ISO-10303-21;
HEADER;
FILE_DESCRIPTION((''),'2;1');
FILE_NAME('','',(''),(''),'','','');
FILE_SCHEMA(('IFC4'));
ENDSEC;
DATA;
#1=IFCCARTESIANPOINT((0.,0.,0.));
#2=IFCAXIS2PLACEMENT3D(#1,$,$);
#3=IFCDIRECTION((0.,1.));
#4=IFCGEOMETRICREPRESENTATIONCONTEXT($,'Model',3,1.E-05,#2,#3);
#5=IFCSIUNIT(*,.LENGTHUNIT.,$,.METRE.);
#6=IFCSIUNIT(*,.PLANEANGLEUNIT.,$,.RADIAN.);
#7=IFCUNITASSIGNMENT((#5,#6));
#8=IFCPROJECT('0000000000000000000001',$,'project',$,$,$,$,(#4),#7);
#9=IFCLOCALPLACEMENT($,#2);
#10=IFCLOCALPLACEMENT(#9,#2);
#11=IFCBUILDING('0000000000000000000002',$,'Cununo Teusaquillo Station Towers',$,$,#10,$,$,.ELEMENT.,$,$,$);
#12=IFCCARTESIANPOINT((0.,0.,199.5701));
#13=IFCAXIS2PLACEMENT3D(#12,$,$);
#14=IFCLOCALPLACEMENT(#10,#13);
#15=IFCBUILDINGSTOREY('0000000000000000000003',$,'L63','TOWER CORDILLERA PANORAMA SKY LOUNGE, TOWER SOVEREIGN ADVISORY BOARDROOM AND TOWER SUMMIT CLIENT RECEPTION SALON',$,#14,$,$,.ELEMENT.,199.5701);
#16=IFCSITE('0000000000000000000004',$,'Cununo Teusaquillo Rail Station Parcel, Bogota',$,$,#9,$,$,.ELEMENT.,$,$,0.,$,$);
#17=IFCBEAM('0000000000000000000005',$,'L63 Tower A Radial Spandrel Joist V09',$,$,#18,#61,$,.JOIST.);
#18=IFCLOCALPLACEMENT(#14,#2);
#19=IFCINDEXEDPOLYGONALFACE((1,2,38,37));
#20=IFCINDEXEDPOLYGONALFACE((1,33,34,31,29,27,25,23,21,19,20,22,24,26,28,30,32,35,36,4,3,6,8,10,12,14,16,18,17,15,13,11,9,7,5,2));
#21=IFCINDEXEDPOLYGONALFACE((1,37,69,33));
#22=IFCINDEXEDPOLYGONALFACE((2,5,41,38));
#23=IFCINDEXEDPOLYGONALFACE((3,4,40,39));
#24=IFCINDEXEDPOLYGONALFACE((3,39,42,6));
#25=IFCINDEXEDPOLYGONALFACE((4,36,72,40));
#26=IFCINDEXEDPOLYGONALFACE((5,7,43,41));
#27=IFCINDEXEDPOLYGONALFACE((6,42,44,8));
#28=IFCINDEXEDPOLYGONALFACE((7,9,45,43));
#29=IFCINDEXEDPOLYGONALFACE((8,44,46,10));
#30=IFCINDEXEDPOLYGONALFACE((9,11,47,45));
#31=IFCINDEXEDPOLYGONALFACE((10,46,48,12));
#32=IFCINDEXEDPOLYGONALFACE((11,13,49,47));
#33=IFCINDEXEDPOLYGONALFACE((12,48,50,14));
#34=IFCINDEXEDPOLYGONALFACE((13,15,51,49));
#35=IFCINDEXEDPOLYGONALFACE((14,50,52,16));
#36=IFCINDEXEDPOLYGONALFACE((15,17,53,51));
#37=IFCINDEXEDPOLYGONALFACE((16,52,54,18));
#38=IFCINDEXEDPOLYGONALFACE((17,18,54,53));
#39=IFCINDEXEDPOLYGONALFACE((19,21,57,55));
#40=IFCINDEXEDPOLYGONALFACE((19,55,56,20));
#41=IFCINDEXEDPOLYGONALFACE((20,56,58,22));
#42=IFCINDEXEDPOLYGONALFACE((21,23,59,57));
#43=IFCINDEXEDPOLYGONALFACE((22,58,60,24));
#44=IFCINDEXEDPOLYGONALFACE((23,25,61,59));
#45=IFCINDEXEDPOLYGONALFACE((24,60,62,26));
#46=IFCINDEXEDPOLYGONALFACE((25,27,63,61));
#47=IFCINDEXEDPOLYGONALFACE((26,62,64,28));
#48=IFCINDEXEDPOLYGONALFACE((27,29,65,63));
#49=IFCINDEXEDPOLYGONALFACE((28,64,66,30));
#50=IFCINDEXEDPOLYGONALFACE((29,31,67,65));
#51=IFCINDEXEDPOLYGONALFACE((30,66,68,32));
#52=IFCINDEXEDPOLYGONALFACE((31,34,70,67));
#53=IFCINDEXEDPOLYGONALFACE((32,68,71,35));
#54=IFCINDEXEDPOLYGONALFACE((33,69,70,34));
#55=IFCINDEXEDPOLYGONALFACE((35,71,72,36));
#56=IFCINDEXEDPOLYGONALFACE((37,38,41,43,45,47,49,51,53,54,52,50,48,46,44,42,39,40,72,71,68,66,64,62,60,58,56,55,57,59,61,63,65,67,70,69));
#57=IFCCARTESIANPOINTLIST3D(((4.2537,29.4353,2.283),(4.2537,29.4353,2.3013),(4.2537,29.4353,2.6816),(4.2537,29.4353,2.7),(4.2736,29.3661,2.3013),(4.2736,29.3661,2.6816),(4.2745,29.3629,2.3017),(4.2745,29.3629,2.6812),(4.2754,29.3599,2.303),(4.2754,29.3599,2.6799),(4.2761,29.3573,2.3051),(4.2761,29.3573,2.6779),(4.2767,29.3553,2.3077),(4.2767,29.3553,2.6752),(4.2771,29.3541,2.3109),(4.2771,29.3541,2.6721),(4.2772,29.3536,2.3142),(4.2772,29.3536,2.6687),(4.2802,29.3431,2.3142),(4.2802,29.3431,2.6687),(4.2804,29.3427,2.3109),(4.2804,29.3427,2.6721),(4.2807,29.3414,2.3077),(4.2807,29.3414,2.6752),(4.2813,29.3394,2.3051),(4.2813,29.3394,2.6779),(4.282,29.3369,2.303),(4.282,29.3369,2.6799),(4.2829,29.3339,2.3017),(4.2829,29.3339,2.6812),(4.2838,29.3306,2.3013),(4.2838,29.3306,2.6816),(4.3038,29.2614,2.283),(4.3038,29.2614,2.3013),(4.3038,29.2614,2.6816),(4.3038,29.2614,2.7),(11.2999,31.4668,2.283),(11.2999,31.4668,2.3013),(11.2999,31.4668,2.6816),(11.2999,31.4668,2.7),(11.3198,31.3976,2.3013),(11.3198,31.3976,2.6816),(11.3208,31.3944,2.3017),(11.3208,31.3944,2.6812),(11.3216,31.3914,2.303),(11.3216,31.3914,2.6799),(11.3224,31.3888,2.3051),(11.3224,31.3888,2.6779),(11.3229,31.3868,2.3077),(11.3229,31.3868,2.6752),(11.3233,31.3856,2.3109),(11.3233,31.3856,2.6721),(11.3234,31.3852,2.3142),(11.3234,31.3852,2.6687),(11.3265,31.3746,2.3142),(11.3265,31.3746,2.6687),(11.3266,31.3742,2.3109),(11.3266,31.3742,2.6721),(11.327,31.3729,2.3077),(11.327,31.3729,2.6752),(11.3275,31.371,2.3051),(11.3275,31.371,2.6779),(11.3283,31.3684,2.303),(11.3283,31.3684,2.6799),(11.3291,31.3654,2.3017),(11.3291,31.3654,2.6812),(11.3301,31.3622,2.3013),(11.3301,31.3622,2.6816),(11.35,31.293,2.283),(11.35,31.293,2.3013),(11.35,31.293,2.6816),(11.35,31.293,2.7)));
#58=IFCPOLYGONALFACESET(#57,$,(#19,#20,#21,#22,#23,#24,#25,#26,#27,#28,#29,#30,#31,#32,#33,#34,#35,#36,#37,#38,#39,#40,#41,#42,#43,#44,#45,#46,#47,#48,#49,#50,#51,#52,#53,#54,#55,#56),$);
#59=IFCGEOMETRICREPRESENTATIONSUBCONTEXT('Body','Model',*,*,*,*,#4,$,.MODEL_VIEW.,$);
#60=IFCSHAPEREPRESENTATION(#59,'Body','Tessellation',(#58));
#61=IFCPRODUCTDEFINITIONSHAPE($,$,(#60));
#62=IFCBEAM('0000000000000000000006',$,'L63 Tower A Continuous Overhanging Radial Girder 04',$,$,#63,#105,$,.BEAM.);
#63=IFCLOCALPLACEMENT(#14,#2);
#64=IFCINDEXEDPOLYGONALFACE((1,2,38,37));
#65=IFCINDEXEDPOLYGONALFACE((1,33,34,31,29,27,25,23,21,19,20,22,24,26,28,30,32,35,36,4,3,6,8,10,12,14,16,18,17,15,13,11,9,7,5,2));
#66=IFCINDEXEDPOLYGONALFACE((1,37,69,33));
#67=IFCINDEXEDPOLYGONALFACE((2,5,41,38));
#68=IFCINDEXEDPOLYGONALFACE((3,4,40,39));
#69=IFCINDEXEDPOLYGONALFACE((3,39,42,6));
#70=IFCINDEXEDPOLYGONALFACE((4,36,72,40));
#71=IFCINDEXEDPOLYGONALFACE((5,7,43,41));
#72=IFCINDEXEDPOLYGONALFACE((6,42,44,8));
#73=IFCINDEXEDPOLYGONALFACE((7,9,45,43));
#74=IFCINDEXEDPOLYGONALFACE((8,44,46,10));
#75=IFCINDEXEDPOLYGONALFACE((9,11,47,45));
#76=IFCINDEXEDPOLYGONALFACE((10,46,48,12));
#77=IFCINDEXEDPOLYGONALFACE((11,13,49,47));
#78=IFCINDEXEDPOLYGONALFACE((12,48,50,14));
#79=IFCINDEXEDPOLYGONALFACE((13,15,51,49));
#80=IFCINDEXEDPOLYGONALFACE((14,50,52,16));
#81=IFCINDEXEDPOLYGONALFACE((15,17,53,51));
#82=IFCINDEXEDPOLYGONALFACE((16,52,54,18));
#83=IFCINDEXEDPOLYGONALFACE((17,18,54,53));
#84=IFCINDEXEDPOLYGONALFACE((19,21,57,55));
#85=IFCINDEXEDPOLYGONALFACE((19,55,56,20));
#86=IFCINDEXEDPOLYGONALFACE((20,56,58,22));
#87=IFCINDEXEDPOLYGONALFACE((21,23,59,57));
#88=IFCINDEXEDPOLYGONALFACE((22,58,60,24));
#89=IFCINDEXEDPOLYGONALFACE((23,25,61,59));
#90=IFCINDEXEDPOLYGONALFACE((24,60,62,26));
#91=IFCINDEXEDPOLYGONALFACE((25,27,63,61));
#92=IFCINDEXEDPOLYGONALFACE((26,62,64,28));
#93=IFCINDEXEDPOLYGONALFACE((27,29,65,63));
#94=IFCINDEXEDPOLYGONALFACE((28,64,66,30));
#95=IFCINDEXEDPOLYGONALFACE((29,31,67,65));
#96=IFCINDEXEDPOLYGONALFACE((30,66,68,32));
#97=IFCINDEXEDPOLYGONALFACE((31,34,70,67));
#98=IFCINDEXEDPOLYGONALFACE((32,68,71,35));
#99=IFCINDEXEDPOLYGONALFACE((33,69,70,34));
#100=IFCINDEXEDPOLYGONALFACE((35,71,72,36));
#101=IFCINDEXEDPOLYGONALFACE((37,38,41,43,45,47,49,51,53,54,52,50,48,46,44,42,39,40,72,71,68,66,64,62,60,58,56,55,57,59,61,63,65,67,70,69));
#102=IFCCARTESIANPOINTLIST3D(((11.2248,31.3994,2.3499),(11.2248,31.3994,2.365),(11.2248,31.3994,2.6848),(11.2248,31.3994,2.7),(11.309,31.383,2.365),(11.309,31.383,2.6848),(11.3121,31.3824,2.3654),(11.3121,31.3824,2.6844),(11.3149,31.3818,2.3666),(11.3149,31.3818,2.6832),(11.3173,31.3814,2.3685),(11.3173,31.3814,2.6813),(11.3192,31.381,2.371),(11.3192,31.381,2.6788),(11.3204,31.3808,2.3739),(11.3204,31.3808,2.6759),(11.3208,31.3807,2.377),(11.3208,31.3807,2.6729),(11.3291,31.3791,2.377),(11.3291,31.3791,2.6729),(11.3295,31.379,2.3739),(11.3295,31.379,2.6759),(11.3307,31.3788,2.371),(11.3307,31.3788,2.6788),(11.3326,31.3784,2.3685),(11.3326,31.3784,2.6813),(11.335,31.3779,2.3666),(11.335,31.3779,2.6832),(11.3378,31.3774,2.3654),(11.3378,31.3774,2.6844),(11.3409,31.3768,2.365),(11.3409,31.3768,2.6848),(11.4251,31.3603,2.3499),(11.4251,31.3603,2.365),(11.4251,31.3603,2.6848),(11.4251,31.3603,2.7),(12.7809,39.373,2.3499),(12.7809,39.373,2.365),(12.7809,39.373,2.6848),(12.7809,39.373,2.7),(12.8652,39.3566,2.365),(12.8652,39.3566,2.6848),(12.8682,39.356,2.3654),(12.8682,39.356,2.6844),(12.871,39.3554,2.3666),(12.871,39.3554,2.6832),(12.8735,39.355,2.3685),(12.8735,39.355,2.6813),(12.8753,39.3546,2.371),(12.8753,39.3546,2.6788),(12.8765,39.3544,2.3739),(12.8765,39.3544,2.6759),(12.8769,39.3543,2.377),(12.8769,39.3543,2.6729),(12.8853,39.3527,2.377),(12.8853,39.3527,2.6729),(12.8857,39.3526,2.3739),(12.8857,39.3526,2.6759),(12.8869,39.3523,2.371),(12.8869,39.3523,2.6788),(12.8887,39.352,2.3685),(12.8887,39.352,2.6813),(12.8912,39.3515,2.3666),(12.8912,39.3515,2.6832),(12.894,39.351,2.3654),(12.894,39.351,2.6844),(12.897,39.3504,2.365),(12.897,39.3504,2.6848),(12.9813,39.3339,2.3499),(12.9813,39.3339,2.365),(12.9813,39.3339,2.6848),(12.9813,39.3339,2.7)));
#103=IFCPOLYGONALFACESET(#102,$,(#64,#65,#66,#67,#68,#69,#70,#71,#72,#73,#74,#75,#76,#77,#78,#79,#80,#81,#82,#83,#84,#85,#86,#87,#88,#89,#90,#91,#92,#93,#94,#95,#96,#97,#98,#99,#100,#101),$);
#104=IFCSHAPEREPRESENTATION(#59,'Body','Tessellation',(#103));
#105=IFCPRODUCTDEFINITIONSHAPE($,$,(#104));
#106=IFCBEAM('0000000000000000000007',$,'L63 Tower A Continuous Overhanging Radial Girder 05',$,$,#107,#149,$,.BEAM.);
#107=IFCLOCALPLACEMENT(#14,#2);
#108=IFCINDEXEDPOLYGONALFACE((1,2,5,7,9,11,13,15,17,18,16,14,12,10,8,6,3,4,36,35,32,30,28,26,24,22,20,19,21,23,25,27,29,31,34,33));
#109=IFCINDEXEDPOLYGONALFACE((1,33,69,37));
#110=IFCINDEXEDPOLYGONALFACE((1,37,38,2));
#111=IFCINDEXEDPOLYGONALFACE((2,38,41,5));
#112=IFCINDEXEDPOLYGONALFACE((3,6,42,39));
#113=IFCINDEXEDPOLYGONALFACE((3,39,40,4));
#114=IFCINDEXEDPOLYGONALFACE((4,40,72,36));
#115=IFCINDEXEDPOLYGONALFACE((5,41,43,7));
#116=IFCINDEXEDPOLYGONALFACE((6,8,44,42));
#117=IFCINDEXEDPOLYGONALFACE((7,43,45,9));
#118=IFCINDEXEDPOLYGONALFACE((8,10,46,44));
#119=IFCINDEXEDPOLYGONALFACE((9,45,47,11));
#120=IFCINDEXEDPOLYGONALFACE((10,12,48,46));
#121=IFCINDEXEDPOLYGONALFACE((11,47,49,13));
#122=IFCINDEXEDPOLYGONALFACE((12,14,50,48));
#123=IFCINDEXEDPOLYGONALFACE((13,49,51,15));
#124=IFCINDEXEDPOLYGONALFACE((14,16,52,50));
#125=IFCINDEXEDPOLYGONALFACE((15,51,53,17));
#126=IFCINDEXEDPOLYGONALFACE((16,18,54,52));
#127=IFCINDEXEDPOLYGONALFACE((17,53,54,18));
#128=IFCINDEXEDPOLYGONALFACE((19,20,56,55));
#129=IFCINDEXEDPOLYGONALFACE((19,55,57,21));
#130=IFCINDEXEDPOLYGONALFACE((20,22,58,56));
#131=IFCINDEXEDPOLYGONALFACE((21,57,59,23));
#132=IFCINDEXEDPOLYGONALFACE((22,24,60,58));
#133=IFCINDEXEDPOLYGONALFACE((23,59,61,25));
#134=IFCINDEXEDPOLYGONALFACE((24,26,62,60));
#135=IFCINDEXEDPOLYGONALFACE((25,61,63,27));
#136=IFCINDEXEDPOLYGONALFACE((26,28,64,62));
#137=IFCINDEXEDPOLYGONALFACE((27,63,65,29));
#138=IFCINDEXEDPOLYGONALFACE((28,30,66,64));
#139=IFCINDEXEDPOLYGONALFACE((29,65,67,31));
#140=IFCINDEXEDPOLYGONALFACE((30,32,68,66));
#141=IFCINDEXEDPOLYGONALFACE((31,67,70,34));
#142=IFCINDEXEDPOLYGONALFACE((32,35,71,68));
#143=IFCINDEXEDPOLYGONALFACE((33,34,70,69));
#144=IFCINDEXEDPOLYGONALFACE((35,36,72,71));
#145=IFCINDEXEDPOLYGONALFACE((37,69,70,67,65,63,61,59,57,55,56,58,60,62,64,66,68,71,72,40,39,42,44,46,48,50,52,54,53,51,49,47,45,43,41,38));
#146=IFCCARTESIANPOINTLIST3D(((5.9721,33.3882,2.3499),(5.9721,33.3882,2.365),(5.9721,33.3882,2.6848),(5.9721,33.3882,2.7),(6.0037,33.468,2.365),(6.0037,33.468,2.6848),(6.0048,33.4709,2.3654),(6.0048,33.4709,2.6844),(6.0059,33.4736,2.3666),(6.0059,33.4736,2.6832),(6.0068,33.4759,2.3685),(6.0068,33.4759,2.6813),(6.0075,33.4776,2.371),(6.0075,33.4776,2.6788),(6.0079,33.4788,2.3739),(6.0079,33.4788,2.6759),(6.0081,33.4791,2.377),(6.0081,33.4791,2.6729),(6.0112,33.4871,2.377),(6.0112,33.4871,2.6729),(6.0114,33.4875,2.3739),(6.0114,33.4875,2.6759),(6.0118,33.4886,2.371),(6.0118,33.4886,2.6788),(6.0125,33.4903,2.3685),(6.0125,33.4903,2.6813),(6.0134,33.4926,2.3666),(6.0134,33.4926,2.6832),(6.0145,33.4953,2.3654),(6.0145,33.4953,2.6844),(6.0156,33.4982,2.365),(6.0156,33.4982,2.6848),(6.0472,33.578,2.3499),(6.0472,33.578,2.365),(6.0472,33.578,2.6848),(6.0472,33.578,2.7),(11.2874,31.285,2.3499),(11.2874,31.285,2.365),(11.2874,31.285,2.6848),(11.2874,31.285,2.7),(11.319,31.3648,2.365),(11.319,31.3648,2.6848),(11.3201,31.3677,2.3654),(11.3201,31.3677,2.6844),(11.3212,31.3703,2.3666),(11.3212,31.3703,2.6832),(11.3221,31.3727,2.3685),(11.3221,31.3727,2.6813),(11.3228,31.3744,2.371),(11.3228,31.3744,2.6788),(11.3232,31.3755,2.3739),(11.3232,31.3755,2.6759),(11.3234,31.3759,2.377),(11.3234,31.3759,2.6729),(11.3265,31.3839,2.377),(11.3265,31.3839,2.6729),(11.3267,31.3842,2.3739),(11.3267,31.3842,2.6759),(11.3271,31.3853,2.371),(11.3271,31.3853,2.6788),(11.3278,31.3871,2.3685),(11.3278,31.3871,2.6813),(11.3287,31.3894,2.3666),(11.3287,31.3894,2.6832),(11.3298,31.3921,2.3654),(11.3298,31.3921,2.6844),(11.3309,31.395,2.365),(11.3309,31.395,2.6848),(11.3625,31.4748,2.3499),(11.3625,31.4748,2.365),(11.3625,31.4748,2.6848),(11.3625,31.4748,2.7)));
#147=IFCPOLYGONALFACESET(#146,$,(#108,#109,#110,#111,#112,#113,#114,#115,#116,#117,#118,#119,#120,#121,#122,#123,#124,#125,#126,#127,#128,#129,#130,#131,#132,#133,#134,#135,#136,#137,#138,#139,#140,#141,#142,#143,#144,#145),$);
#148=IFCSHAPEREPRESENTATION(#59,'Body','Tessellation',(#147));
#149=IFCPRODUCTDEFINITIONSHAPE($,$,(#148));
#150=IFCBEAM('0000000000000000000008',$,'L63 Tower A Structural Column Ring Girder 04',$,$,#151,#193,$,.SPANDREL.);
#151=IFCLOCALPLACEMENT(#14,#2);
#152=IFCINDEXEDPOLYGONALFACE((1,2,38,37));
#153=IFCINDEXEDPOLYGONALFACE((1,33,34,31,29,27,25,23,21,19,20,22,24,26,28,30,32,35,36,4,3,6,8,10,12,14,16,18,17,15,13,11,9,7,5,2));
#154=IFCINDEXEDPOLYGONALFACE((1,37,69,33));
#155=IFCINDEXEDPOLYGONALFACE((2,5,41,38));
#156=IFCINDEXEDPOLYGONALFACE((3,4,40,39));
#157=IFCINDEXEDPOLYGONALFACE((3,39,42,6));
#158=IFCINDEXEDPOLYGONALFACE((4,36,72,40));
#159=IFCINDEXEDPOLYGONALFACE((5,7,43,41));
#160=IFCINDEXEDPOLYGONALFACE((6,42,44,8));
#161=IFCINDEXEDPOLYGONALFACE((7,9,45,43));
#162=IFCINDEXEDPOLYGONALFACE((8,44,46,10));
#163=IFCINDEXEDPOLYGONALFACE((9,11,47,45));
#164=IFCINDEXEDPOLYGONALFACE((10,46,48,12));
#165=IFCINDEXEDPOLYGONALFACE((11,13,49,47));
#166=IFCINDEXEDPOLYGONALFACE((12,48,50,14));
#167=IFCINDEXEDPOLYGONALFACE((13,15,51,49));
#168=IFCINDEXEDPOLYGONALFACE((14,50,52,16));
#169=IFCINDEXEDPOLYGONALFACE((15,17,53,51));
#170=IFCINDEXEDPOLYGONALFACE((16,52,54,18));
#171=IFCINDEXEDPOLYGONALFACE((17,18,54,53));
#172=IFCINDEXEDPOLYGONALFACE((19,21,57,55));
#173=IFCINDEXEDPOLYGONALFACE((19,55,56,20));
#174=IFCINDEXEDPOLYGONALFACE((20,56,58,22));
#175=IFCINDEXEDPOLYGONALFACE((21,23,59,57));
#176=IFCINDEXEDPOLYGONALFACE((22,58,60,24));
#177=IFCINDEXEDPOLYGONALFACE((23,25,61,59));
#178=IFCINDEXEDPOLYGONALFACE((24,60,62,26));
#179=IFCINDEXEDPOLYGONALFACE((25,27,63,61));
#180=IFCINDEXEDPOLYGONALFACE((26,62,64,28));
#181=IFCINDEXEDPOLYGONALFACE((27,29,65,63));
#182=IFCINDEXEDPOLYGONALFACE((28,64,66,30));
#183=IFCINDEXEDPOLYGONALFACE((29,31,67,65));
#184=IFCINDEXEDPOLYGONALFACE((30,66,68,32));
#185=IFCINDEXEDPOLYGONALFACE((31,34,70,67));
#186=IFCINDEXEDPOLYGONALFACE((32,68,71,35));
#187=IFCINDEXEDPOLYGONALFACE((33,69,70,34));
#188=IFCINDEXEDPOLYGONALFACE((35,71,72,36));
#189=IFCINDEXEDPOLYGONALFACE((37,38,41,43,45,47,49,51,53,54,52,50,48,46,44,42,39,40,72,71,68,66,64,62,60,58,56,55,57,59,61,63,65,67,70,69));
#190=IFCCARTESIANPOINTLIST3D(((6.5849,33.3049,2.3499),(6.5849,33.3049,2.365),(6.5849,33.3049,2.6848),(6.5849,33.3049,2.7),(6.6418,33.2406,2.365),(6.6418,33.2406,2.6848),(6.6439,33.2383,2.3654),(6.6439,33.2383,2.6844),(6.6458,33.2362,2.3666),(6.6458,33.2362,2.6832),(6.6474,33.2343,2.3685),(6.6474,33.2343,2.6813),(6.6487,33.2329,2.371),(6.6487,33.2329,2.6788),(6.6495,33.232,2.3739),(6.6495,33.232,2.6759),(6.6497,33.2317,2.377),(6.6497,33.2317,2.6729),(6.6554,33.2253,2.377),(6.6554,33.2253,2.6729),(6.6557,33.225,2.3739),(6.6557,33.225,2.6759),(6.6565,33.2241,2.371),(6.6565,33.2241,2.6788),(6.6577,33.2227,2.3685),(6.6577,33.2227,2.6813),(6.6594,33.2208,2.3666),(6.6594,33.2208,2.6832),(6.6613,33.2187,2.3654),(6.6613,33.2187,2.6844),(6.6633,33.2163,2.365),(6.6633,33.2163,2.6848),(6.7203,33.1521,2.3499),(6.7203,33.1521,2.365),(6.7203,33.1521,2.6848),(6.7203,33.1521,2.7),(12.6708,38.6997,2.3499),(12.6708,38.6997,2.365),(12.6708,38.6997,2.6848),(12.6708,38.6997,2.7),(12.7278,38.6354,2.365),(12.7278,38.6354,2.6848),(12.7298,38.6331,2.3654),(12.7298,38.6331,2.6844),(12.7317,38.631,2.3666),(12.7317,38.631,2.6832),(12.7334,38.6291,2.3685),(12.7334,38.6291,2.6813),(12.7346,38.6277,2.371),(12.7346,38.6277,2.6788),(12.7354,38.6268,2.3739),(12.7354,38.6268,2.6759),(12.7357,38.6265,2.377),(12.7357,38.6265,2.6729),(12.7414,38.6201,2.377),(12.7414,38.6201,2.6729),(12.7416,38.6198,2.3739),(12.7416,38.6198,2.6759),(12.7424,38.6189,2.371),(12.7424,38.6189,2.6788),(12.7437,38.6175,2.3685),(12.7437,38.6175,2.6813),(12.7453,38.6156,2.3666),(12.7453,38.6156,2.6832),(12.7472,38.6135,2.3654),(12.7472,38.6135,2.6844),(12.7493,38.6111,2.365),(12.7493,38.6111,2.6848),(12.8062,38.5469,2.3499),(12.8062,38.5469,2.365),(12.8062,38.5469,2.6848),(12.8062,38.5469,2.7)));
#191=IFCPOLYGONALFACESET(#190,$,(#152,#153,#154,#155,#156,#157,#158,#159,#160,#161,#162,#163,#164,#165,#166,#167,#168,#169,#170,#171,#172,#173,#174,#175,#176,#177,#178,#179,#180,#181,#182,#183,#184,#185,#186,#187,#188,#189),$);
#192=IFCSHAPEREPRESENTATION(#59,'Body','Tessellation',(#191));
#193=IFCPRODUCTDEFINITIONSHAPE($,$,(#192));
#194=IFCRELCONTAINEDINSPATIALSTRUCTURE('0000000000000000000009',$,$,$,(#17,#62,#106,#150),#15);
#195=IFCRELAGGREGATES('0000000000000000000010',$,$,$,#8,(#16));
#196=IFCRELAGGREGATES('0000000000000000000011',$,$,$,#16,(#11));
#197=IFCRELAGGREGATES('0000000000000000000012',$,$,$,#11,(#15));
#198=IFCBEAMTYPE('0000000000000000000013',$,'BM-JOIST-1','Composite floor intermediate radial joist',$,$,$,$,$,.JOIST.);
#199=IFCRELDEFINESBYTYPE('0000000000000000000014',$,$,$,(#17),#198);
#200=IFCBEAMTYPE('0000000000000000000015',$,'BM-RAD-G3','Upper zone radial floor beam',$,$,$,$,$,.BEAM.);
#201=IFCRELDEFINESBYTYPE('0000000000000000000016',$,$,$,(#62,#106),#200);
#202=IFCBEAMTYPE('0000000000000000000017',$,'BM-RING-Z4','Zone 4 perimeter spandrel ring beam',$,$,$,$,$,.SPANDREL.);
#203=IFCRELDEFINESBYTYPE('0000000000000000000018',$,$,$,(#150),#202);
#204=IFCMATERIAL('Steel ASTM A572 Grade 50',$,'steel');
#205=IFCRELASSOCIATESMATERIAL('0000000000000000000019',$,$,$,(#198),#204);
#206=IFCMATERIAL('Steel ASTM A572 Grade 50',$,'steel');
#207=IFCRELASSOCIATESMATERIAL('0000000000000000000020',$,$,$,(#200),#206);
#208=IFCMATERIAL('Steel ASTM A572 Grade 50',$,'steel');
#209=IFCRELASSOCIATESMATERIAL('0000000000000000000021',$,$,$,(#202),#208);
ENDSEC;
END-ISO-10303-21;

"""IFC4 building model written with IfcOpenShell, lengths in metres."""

from ifc_helpers import new_model, si_unit, direction, frame, origin, origin_2d, place, context, subcontext, project, spatial, i_section, extrude, material, material_profile, profile_set, type_object, element, save


model = new_model("IFC4")

# Units and contexts
model_context = context("Model", 3, precision=1e-05, world=origin(), true_north=direction((0.0, 1.0)))
body_context = subcontext(model_context, "Body", "Model", "MODEL_VIEW")
ifc_project = project(units=[si_unit("LENGTHUNIT", "METRE"), si_unit("PLANEANGLEUNIT", "RADIAN")], contexts=[model_context])

# Site, building, storey
site_placement = place(None, origin())
site = spatial("IfcSite", under=ifc_project, at=site_placement, Name="Cununo Teusaquillo Rail Station Parcel, Bogota", CompositionType="ELEMENT", RefElevation=0.0)
building_placement = place(site_placement, origin())
building = spatial("IfcBuilding", under=site, at=building_placement, Name="Cununo Teusaquillo Station Towers", CompositionType="ELEMENT")
storey_placement = place(building_placement, frame((0.0, 0.0, 199.5701)))
storey = spatial("IfcBuildingStorey", under=building, at=storey_placement, Name="L63", Description="TOWER CORDILLERA PANORAMA SKY LOUNGE, TOWER SOVEREIGN ADVISORY BOARDROOM AND TOWER SUMMIT CLIENT RECEPTION SALON", CompositionType="ELEMENT", Elevation=199.5701)

# Beams
ifc_material_1 = material(Name="Steel ASTM A572 Grade 50", Category="steel")
ifc_material_profile_1 = material_profile(ifc_material_1, i_section(OverallWidth=0.1809, OverallDepth=0.417, WebThickness=0.011, FlangeThickness=0.0183, FilletRadius=0.0129, at=origin_2d()), Name="W16X57")
ifc_profile_set_1 = profile_set([ifc_material_profile_1], Name="Steel ASTM A572 Grade 50")
beam_type_1 = type_object("IfcBeamType", Name="BM-JOIST-1", Description="Composite floor intermediate radial joist", PredefinedType="JOIST", material=ifc_profile_set_1)
beam_1_placement = place(storey_placement, frame((11.325, 31.3799, 2.4915), z_axis=(-0.960862, -0.277029, 0.0), x_axis=(0.277029, -0.960862, 0.0)))
element("IfcBeam", 1, at=beam_1_placement, inside=storey, type_object=beam_type_1, Name="L63 Tower A Radial Spandrel Joist V09", PredefinedType="JOIST", context=body_context, shape_type="SweptSolid", body=[
    extrude(i_section(OverallWidth=0.1809, OverallDepth=0.417, WebThickness=0.011, FlangeThickness=0.0183, FilletRadius=0.0129, at=origin_2d()), origin(), (0.0, 0.0, 1.0), 7.3333),
])
ifc_material_2 = material(Name="Steel ASTM A572 Grade 50", Category="steel")
ifc_material_profile_2 = material_profile(ifc_material_2, i_section(OverallWidth=0.2041, OverallDepth=0.3501, WebThickness=0.0085, FlangeThickness=0.0151, FilletRadius=0.012, at=origin_2d()), Name="W14X48")
ifc_profile_set_2 = profile_set([ifc_material_profile_2], Name="Steel ASTM A572 Grade 50")
beam_type_2 = type_object("IfcBeamType", Name="BM-RAD-G3", Description="Upper zone radial floor beam", PredefinedType="BEAM", material=ifc_profile_set_2)
beam_2_placement = place(storey_placement, frame((11.325, 31.3799, 2.5249), z_axis=(0.191548, 0.981483, 0.0), x_axis=(-0.981483, 0.191548, 0.0)))
element("IfcBeam", 2, at=beam_2_placement, inside=storey, type_object=beam_type_2, Name="L63 Tower A Continuous Overhanging Radial Girder 04", PredefinedType="BEAM", context=body_context, shape_type="SweptSolid", body=[
    extrude(i_section(OverallWidth=0.2041, OverallDepth=0.3501, WebThickness=0.0085, FlangeThickness=0.0151, FilletRadius=0.012, at=origin_2d()), origin(), (0.0, 0.0, 1.0), 8.124),
])
beam_3_placement = place(storey_placement, frame((11.325, 31.3799, 2.5249), z_axis=(-0.929852, 0.367935, 0.0), x_axis=(-0.367935, -0.929852, 0.0)))
element("IfcBeam", 3, at=beam_3_placement, inside=storey, type_object=beam_type_2, Name="L63 Tower A Continuous Overhanging Radial Girder 05", PredefinedType="BEAM", context=body_context, shape_type="SweptSolid", body=[
    extrude(i_section(OverallWidth=0.2041, OverallDepth=0.3501, WebThickness=0.0085, FlangeThickness=0.0151, FilletRadius=0.012, at=origin_2d()), origin(), (0.0, 0.0, 1.0), 5.7163),
])
ifc_material_3 = material(Name="Steel ASTM A572 Grade 50", Category="steel")
ifc_material_profile_3 = material_profile(ifc_material_3, i_section(OverallWidth=0.2041, OverallDepth=0.3501, WebThickness=0.0085, FlangeThickness=0.0151, FilletRadius=0.012, at=origin_2d()), Name="W14X48")
ifc_profile_set_3 = profile_set([ifc_material_profile_3], Name="Steel ASTM A572 Grade 50")
beam_type_3 = type_object("IfcBeamType", Name="BM-RING-Z4", Description="Zone 4 perimeter spandrel ring beam", PredefinedType="SPANDREL", material=ifc_profile_set_3)
beam_4_placement = place(storey_placement, frame((12.7385, 38.6233, 2.5249), z_axis=(-0.748321, -0.663337, 0.0), x_axis=(0.663337, -0.748321, 0.0)))
element("IfcBeam", 4, at=beam_4_placement, inside=storey, type_object=beam_type_3, Name="L63 Tower A Structural Column Ring Girder 04", PredefinedType="SPANDREL", context=body_context, shape_type="SweptSolid", body=[
    extrude(i_section(OverallWidth=0.2041, OverallDepth=0.3501, WebThickness=0.0085, FlangeThickness=0.0151, FilletRadius=0.012, at=origin_2d()), origin(), (0.0, 0.0, 1.0), 8.1328),
])

save(model, "model.ifc")
